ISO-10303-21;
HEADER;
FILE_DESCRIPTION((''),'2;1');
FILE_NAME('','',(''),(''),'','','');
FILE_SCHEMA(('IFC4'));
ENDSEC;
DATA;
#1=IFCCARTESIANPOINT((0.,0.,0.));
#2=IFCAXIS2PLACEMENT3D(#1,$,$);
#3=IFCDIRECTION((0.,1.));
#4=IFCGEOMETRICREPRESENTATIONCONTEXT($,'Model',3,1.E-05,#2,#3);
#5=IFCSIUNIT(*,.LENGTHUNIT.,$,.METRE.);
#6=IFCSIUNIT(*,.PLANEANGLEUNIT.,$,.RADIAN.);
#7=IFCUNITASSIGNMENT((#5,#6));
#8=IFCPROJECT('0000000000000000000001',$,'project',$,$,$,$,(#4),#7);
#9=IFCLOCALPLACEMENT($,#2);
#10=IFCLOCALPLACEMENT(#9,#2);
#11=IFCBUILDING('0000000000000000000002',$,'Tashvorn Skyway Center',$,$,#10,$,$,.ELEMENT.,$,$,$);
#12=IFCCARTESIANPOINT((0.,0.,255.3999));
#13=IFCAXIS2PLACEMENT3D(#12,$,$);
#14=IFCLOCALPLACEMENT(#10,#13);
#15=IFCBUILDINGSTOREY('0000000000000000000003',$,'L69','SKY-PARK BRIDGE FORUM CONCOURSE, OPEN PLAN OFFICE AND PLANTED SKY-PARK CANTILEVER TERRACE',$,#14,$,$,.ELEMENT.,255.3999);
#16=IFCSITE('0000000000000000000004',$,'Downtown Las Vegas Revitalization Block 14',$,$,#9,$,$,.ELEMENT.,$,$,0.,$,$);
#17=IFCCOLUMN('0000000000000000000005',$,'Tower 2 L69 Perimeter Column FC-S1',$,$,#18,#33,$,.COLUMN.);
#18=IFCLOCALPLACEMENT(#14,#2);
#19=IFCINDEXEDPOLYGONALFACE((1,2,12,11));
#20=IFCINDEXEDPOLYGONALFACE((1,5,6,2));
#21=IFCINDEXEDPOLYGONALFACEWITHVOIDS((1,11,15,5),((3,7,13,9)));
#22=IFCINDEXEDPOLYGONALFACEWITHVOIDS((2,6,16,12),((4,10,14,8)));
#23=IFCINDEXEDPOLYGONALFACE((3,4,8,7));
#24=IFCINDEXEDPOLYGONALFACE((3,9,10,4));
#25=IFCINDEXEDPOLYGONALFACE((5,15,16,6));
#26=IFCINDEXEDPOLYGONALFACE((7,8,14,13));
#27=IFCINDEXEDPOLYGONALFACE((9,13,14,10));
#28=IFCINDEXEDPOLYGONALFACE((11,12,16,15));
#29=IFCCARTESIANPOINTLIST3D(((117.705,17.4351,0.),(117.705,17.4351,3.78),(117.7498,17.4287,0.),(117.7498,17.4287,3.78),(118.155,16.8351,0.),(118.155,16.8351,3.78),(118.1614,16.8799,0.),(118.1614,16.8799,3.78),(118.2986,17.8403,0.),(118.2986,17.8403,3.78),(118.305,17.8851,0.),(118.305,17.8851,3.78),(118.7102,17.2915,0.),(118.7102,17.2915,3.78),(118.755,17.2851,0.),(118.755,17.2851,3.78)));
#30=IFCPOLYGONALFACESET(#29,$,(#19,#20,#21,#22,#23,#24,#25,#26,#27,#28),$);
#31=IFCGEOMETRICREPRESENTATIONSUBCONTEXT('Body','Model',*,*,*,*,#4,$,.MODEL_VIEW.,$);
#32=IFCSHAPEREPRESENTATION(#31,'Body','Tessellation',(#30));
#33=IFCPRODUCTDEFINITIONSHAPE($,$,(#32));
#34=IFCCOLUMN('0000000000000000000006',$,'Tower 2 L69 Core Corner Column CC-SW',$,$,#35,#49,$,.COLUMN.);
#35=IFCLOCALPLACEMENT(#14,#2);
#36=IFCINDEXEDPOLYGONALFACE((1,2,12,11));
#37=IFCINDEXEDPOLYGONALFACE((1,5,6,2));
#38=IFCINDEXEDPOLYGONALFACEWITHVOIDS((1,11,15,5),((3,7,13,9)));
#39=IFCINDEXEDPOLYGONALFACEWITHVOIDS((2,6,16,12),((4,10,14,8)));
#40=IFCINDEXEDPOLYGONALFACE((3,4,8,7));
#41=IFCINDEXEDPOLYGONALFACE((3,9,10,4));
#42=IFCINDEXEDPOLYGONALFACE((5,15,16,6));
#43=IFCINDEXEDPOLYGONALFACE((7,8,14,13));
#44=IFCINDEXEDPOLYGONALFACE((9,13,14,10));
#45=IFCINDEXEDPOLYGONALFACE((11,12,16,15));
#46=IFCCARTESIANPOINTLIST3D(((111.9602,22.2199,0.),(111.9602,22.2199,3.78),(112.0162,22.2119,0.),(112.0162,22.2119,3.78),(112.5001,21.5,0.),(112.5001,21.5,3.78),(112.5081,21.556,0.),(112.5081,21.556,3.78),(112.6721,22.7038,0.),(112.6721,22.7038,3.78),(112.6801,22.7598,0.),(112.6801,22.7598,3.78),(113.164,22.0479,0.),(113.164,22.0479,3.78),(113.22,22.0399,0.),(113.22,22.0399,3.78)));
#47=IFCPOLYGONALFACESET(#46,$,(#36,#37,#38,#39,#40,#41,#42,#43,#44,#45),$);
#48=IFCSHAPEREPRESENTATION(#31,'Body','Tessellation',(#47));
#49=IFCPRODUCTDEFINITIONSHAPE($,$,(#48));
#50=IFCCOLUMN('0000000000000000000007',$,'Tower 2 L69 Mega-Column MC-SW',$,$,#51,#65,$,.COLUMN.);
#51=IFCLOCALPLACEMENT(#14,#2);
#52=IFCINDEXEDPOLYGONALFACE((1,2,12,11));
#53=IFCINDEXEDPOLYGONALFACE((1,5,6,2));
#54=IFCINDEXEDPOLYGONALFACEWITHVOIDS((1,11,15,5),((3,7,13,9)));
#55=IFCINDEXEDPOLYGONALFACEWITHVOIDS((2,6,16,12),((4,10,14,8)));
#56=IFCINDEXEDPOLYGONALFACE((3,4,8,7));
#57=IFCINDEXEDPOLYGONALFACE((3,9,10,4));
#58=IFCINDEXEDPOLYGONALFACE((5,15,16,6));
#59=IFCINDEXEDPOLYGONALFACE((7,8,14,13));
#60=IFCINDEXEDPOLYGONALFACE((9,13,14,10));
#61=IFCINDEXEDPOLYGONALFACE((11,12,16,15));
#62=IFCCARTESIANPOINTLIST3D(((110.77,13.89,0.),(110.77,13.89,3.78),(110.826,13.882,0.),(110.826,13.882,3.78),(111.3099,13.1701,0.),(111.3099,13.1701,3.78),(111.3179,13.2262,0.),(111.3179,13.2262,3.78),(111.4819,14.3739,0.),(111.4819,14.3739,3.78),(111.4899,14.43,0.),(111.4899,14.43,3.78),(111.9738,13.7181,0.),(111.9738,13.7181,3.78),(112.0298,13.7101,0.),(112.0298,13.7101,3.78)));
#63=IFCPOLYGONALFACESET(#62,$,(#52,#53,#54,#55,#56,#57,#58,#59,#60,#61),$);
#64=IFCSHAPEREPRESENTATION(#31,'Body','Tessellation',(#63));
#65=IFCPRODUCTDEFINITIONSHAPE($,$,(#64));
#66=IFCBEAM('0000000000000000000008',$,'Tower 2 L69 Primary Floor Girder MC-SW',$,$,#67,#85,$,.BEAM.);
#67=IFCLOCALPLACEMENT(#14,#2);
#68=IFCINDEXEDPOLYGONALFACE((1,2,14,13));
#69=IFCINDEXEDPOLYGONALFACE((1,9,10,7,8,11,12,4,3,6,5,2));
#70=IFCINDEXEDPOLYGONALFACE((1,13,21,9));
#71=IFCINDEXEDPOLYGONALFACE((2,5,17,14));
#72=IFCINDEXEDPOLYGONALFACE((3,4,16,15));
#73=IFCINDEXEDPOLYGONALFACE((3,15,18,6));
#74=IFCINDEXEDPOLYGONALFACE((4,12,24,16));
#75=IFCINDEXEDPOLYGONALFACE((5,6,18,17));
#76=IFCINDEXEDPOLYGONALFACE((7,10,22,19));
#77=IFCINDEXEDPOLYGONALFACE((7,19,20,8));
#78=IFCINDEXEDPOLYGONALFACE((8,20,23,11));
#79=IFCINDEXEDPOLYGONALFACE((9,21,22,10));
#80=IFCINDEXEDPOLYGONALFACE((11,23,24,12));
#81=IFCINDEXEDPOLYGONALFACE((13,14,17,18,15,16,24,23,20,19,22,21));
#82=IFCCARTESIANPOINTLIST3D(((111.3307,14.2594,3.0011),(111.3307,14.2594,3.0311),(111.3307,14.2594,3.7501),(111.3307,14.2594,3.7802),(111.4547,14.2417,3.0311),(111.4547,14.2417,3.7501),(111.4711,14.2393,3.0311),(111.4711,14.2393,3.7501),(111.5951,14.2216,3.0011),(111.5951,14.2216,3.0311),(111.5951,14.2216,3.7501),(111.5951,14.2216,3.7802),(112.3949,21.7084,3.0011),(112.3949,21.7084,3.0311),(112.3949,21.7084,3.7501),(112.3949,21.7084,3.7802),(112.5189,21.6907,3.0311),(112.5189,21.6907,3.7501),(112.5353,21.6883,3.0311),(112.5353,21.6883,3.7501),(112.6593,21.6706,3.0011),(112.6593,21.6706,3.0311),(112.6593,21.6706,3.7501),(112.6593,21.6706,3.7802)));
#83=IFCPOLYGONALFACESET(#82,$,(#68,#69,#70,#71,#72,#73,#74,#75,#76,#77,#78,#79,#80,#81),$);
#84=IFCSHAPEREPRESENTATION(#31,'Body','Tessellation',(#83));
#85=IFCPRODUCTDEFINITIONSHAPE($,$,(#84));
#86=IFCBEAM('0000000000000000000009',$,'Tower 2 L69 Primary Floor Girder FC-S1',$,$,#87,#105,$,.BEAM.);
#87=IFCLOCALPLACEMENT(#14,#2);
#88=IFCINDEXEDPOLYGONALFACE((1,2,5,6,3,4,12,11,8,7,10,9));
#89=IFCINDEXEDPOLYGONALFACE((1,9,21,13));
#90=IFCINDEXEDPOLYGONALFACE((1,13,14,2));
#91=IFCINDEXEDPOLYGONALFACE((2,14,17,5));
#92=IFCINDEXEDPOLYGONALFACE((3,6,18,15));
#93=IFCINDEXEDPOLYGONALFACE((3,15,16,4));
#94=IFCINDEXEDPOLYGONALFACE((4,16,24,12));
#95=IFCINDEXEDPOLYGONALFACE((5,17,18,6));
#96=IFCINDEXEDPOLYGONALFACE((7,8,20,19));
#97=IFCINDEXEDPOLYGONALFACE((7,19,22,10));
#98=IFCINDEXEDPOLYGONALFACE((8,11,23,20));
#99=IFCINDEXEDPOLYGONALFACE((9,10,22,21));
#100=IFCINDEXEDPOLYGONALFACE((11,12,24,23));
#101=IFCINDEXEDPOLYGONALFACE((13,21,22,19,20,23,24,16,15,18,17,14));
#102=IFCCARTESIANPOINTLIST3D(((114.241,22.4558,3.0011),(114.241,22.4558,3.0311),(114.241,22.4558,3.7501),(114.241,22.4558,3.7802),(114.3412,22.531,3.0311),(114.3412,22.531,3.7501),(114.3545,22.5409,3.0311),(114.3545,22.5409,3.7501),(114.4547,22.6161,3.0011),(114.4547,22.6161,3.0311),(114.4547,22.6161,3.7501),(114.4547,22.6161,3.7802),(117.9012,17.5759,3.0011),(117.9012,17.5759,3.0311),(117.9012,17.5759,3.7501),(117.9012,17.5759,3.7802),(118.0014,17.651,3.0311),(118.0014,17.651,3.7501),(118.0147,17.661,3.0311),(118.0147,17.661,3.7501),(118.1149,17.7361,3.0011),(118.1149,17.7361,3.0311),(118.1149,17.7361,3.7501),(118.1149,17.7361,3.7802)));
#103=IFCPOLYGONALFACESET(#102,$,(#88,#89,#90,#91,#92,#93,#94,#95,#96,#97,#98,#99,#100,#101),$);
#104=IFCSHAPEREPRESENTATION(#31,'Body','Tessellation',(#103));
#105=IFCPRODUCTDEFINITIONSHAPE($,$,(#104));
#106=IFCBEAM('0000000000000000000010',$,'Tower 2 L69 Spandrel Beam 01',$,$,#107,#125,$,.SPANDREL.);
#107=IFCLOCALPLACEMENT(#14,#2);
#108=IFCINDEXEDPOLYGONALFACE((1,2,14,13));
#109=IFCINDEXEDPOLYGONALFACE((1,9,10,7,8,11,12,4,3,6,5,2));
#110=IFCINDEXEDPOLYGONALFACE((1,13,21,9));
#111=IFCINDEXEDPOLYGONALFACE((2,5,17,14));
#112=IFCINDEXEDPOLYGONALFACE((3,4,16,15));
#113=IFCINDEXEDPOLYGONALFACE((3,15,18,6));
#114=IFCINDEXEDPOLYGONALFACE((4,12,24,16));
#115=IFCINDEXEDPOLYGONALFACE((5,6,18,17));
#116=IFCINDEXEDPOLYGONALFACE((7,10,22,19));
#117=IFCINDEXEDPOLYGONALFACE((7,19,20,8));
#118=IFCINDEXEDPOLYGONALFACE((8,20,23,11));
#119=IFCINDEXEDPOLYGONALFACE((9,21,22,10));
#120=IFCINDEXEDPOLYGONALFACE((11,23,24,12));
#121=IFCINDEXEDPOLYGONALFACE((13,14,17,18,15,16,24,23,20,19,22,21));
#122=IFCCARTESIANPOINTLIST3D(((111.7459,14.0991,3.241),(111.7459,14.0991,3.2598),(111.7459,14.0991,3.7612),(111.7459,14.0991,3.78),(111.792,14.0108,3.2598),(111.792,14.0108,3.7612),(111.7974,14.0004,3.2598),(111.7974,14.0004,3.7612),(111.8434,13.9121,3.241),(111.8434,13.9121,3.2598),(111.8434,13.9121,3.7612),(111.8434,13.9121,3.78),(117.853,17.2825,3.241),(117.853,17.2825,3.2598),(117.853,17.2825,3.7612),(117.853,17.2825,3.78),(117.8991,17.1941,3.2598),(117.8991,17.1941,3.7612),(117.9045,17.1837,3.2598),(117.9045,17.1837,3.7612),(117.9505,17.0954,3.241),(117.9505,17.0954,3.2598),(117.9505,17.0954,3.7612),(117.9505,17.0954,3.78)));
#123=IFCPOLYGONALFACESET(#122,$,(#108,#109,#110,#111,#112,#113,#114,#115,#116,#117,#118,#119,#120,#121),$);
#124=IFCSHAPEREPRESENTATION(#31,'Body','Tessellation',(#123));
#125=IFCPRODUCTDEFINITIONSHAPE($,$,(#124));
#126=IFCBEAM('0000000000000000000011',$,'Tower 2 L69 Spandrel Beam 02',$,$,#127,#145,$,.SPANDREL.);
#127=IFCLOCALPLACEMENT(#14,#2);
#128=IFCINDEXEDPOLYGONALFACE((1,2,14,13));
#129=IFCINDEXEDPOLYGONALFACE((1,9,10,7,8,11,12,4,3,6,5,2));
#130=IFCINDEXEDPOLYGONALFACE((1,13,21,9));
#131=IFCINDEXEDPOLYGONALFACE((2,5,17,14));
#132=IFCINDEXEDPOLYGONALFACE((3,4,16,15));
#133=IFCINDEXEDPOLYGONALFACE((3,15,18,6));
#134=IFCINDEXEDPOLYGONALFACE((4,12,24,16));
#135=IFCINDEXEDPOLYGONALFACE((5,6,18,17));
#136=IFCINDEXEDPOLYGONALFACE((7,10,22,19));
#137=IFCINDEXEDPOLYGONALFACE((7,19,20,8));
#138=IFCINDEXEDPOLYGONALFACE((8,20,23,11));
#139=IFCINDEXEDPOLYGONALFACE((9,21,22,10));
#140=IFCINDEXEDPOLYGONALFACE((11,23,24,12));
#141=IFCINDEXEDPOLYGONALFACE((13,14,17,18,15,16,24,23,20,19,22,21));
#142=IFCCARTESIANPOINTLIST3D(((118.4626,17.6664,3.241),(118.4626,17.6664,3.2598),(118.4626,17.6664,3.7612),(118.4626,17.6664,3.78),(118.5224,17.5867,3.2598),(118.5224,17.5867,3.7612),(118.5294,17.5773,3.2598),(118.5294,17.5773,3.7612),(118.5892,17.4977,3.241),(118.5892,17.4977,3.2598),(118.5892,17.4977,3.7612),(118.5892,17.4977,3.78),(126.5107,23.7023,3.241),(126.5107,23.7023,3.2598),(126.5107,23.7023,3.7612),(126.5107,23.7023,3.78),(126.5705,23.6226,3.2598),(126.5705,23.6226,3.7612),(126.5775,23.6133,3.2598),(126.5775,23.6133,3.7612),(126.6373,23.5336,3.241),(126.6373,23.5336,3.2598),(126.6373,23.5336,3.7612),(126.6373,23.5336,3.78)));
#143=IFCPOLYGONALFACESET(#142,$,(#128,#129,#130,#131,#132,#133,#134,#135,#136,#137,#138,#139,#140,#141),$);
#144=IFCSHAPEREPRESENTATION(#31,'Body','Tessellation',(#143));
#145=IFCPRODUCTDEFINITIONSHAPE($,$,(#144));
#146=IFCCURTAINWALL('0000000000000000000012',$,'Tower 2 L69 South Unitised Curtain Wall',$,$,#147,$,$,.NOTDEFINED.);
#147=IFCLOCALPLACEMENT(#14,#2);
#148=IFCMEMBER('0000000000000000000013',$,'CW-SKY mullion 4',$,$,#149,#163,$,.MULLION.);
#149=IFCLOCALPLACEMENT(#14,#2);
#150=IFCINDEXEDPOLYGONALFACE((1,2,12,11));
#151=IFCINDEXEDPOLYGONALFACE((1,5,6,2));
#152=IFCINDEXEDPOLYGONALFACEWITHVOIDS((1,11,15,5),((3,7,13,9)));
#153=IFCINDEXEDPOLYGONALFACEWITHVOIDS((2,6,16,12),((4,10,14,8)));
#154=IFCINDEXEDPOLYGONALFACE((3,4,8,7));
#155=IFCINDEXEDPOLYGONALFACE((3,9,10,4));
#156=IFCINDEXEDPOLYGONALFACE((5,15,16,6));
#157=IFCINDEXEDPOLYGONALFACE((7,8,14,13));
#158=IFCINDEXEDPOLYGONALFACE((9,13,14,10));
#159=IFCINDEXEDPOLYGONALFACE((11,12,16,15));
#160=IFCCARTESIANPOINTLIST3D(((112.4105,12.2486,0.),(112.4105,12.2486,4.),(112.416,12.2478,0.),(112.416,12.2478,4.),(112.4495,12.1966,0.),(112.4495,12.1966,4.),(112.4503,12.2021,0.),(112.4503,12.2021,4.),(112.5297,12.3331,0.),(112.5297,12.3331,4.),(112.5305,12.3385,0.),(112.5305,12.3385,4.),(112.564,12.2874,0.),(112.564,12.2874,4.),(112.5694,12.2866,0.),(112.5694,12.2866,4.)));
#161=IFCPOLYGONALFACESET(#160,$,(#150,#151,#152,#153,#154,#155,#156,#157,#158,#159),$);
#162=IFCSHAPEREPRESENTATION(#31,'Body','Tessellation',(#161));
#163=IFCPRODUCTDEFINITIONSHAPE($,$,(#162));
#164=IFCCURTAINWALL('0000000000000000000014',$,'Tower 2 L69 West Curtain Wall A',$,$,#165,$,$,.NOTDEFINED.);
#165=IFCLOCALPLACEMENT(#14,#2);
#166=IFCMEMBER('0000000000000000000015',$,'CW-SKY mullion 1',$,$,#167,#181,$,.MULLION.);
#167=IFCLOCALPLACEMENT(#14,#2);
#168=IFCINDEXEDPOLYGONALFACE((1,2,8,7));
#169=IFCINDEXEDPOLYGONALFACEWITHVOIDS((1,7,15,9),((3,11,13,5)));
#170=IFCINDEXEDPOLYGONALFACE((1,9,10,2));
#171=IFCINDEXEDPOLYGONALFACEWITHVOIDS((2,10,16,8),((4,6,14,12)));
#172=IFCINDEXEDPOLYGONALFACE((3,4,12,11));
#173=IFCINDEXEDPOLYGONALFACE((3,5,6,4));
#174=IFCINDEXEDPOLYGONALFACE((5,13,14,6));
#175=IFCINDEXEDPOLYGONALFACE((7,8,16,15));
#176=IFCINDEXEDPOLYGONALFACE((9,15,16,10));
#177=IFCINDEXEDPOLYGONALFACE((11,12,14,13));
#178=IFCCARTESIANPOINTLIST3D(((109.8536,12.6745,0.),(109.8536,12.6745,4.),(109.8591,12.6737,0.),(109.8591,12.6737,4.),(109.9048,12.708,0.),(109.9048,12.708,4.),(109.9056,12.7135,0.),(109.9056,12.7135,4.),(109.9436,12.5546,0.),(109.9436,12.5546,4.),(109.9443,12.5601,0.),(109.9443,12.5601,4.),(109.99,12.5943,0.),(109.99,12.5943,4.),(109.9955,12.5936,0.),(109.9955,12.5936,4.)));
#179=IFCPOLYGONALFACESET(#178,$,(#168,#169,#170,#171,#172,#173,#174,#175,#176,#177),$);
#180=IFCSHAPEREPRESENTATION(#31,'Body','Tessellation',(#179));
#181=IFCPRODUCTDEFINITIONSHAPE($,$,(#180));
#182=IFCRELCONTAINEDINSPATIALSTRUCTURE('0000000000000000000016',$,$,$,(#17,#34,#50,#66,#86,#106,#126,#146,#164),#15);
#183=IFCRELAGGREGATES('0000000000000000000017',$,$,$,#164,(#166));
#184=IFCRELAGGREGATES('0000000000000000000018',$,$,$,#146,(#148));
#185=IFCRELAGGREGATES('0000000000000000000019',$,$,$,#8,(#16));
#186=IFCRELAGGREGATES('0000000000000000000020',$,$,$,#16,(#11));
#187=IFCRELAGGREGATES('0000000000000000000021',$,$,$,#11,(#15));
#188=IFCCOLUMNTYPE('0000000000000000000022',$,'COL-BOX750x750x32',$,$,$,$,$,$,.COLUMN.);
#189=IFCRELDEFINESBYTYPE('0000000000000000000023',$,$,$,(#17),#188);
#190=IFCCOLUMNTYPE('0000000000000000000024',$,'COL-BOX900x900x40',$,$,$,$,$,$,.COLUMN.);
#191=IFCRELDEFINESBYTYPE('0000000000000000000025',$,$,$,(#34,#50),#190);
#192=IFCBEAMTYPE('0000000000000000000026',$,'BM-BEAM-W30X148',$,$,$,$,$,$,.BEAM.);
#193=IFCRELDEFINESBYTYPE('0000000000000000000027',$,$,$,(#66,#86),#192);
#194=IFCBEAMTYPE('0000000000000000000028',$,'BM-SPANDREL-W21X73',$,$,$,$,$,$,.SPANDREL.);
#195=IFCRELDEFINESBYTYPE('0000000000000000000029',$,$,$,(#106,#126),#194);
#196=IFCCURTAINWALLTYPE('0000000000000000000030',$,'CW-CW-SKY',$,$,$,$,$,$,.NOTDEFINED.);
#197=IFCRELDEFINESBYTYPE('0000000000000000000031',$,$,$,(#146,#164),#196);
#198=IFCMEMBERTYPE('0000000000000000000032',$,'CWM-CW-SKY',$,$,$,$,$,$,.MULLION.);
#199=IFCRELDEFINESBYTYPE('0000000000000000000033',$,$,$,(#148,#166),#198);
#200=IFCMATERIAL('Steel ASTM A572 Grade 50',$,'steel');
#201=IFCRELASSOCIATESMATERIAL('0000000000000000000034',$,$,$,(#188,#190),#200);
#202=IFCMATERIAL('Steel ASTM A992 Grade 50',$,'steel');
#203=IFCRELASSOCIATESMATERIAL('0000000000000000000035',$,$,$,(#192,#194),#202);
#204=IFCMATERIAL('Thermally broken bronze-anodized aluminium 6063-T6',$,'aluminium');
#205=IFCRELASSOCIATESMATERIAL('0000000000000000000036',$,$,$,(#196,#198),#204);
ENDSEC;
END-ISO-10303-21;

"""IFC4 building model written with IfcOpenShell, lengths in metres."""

from ifc_helpers import new_model, si_unit, direction, frame, origin, origin_2d, place, context, subcontext, project, spatial, hollow_rectangle, i_section, extrude, material, material_profile, profile_set, type_object, element, aggregate, save


model = new_model("IFC4")

# Units and contexts
model_context = context("Model", 3, precision=1e-05, world=origin(), true_north=direction((0.0, 1.0)))
body_context = subcontext(model_context, "Body", "Model", "MODEL_VIEW")
ifc_project = project(units=[si_unit("LENGTHUNIT", "METRE"), si_unit("PLANEANGLEUNIT", "RADIAN")], contexts=[model_context])

# Site, building, storey
site_placement = place(None, origin())
site = spatial("IfcSite", under=ifc_project, at=site_placement, Name="Downtown Las Vegas Revitalization Block 14", CompositionType="ELEMENT", RefElevation=0.0)
building_placement = place(site_placement, origin())
building = spatial("IfcBuilding", under=site, at=building_placement, Name="Tashvorn Skyway Center", CompositionType="ELEMENT")
storey_placement = place(building_placement, frame((0.0, 0.0, 255.3999)))
storey = spatial("IfcBuildingStorey", under=building, at=storey_placement, Name="L69", Description="SKY-PARK BRIDGE FORUM CONCOURSE, OPEN PLAN OFFICE AND PLANTED SKY-PARK CANTILEVER TERRACE", CompositionType="ELEMENT", Elevation=255.3999)

# Columns
ifc_material_1 = material(Name="Steel ASTM A572 Grade 50", Category="steel")
ifc_material_profile_1 = material_profile(ifc_material_1, hollow_rectangle(XDim=0.75, YDim=0.75, WallThickness=0.032, at=origin_2d()), Name="BOX750x750x32")
ifc_profile_set_1 = profile_set([ifc_material_profile_1], Name="Steel ASTM A572 Grade 50")
column_type_1 = type_object("IfcColumnType", Name="COL-BOX750x750x32", PredefinedType="COLUMN", material=ifc_profile_set_1)
column_placement = place(storey_placement, frame((118.23, 17.3601, 0.0), z_axis=(0.0, 0.0, 1.0), x_axis=(0.8, 0.6, 0.0)))
element("IfcColumn", 1, at=column_placement, inside=storey, type_object=column_type_1, Name="Tower 2 L69 Perimeter Column FC-S1", PredefinedType="COLUMN", context=body_context, shape_type="SweptSolid", body=[
    extrude(hollow_rectangle(XDim=0.75, YDim=0.75, WallThickness=0.032, at=origin_2d()), origin(), (0.0, 0.0, 1.0), 3.78),
])
ifc_material_profile_2 = material_profile(ifc_material_1, hollow_rectangle(XDim=0.8999, YDim=0.8999, WallThickness=0.04, at=origin_2d()), Name="BOX900x900x40")
ifc_profile_set_2 = profile_set([ifc_material_profile_2], Name="Steel ASTM A572 Grade 50")
column_type_2 = type_object("IfcColumnType", Name="COL-BOX900x900x40", PredefinedType="COLUMN", material=ifc_profile_set_2)
for number, where, z_axis, x_axis, name in (
    (2, (112.5901, 22.1299, 0.0), (0.0, 0.0, 1.0), (0.8, 0.6, 0.0), "Tower 2 L69 Core Corner Column CC-SW"),
    (3, (111.3999, 13.8, 0.0), (0.0, 0.0, 1.0), (0.8, 0.6, 0.0), "Tower 2 L69 Mega-Column MC-SW"),
):
    element("IfcColumn", number, at=place(storey_placement, frame(where, z_axis=z_axis, x_axis=x_axis)), inside=storey, type_object=column_type_2, Name=name, PredefinedType="COLUMN", context=body_context, shape_type="SweptSolid", body=[
        extrude(hollow_rectangle(XDim=0.8999, YDim=0.8999, WallThickness=0.04, at=origin_2d()), origin(), (0.0, 0.0, 1.0), 3.78),
    ])

# Beams
ifc_material_2 = material(Name="Steel ASTM A992 Grade 50", Category="steel")
ifc_material_profile_3 = material_profile(ifc_material_2, i_section(OverallWidth=0.2671, OverallDepth=0.7791, WebThickness=0.0166, FlangeThickness=0.03, at=origin_2d()), Name="W30X148")
ifc_profile_set_3 = profile_set([ifc_material_profile_3], Name="Steel ASTM A992 Grade 50")
beam_type_1 = type_object("IfcBeamType", Name="BM-BEAM-W30X148", PredefinedType="BEAM", material=ifc_profile_set_3)
beam_1_placement = place(storey_placement, frame((111.4629, 14.2405, 3.3906), z_axis=(0.14143, 0.989948, 0.0), x_axis=(-0.989948, 0.14143, 0.0)))
element("IfcBeam", 4, at=beam_1_placement, inside=storey, type_object=beam_type_1, Name="Tower 2 L69 Primary Floor Girder MC-SW", PredefinedType="BEAM", context=body_context, shape_type="SweptSolid", body=[
    extrude(i_section(OverallWidth=0.2671, OverallDepth=0.7791, WebThickness=0.0166, FlangeThickness=0.03, at=origin_2d()), origin(), (0.0, 0.0, 1.0), 7.5247),
])
beam_2_placement = place(storey_placement, frame((118.0081, 17.656, 3.3906), z_axis=(-0.600026, 0.799981, 0.0), x_axis=(-0.799981, -0.600026, 0.0)))
element("IfcBeam", 5, at=beam_2_placement, inside=storey, type_object=beam_type_1, Name="Tower 2 L69 Primary Floor Girder FC-S1", PredefinedType="BEAM", context=body_context, shape_type="SweptSolid", body=[
    extrude(i_section(OverallWidth=0.2671, OverallDepth=0.7791, WebThickness=0.0166, FlangeThickness=0.03, at=origin_2d()), origin(), (0.0, 0.0, 1.0), 6.1001),
])
ifc_material_profile_4 = material_profile(ifc_material_2, i_section(OverallWidth=0.2109, OverallDepth=0.5391, WebThickness=0.0117, FlangeThickness=0.0188, at=origin_2d()), Name="W21X73")
ifc_profile_set_4 = profile_set([ifc_material_profile_4], Name="Steel ASTM A992 Grade 50")
beam_type_2 = type_object("IfcBeamType", Name="BM-SPANDREL-W21X73", PredefinedType="SPANDREL", material=ifc_profile_set_4)
beam_3_placement = place(storey_placement, frame((111.7947, 14.0056, 3.5105), z_axis=(0.886764, 0.462223, 0.0), x_axis=(-0.462223, 0.886764, 0.0)))
element("IfcBeam", 6, at=beam_3_placement, inside=storey, type_object=beam_type_2, Name="Tower 2 L69 Spandrel Beam 01", PredefinedType="SPANDREL", context=body_context, shape_type="SweptSolid", body=[
    extrude(i_section(OverallWidth=0.2109, OverallDepth=0.5391, WebThickness=0.0117, FlangeThickness=0.0188, at=origin_2d()), origin(), (0.0, 0.0, 1.0), 6.887),
])
beam_4_placement = place(storey_placement, frame((118.5259, 17.582, 3.5105), z_axis=(0.800009, 0.599988, 0.0), x_axis=(-0.599988, 0.800009, 0.0)))
element("IfcBeam", 7, at=beam_4_placement, inside=storey, type_object=beam_type_2, Name="Tower 2 L69 Spandrel Beam 02", PredefinedType="SPANDREL", context=body_context, shape_type="SweptSolid", body=[
    extrude(i_section(OverallWidth=0.2109, OverallDepth=0.5391, WebThickness=0.0117, FlangeThickness=0.0188, at=origin_2d()), origin(), (0.0, 0.0, 1.0), 10.0601),
])

# Curtain wall, member
ifc_material_3 = material(Name="Thermally broken bronze-anodized aluminium 6063-T6", Category="aluminium")
curtain_wall_type = type_object("IfcCurtainWallType", Name="CW-CW-SKY", PredefinedType="NOTDEFINED", material=ifc_material_3)
curtain_wall_1_placement = place(storey_placement, origin())
curtain_wall_1 = element("IfcCurtainWall", 8, at=curtain_wall_1_placement, inside=storey, type_object=curtain_wall_type, Name="Tower 2 L69 South Unitised Curtain Wall", PredefinedType="NOTDEFINED")
ifc_material_profile_5 = material_profile(ifc_material_3, hollow_rectangle(XDim=0.0649, YDim=0.1499, WallThickness=0.0039, at=origin_2d()), Name="ALU-MULL-65x150")
ifc_profile_set_5 = profile_set([ifc_material_profile_5], Name="Thermally broken bronze-anodized aluminium 6063-T6")
member_type_1 = type_object("IfcMemberType", Name="CWM-CW-SKY", PredefinedType="MULLION", material=ifc_profile_set_5)
member_1_placement = place(storey_placement, frame((112.49, 12.2676, 0.0), z_axis=(0.0, 0.0, 1.0), x_axis=(0.6, -0.8, 0.0)))
member_1 = element("IfcMember", 9, at=member_1_placement, type_object=member_type_1, Name="CW-SKY mullion 4", PredefinedType="MULLION", context=body_context, shape_type="SweptSolid", body=[
    extrude(hollow_rectangle(XDim=0.0649, YDim=0.1499, WallThickness=0.0039, at=origin_2d()), origin(), (0.0, 0.0, 1.0), 4.0),
])

# Curtain wall, member
curtain_wall_2_placement = place(storey_placement, origin())
curtain_wall_2 = element("IfcCurtainWall", 10, at=curtain_wall_2_placement, inside=storey, type_object=curtain_wall_type, Name="Tower 2 L69 West Curtain Wall A", PredefinedType="NOTDEFINED")
member_2_placement = place(storey_placement, frame((109.9246, 12.634, 0.0), z_axis=(0.0, 0.0, 1.0), x_axis=(-0.8, -0.6, 0.0)))
member_2 = element("IfcMember", 11, at=member_2_placement, type_object=member_type_1, Name="CW-SKY mullion 1", PredefinedType="MULLION", context=body_context, shape_type="SweptSolid", body=[
    extrude(hollow_rectangle(XDim=0.0649, YDim=0.1499, WallThickness=0.0039, at=origin_2d()), origin(), (0.0, 0.0, 1.0), 4.0),
])
aggregate(curtain_wall_2, [member_2])

aggregate(curtain_wall_1, [member_1])

save(model, "model.ifc")
